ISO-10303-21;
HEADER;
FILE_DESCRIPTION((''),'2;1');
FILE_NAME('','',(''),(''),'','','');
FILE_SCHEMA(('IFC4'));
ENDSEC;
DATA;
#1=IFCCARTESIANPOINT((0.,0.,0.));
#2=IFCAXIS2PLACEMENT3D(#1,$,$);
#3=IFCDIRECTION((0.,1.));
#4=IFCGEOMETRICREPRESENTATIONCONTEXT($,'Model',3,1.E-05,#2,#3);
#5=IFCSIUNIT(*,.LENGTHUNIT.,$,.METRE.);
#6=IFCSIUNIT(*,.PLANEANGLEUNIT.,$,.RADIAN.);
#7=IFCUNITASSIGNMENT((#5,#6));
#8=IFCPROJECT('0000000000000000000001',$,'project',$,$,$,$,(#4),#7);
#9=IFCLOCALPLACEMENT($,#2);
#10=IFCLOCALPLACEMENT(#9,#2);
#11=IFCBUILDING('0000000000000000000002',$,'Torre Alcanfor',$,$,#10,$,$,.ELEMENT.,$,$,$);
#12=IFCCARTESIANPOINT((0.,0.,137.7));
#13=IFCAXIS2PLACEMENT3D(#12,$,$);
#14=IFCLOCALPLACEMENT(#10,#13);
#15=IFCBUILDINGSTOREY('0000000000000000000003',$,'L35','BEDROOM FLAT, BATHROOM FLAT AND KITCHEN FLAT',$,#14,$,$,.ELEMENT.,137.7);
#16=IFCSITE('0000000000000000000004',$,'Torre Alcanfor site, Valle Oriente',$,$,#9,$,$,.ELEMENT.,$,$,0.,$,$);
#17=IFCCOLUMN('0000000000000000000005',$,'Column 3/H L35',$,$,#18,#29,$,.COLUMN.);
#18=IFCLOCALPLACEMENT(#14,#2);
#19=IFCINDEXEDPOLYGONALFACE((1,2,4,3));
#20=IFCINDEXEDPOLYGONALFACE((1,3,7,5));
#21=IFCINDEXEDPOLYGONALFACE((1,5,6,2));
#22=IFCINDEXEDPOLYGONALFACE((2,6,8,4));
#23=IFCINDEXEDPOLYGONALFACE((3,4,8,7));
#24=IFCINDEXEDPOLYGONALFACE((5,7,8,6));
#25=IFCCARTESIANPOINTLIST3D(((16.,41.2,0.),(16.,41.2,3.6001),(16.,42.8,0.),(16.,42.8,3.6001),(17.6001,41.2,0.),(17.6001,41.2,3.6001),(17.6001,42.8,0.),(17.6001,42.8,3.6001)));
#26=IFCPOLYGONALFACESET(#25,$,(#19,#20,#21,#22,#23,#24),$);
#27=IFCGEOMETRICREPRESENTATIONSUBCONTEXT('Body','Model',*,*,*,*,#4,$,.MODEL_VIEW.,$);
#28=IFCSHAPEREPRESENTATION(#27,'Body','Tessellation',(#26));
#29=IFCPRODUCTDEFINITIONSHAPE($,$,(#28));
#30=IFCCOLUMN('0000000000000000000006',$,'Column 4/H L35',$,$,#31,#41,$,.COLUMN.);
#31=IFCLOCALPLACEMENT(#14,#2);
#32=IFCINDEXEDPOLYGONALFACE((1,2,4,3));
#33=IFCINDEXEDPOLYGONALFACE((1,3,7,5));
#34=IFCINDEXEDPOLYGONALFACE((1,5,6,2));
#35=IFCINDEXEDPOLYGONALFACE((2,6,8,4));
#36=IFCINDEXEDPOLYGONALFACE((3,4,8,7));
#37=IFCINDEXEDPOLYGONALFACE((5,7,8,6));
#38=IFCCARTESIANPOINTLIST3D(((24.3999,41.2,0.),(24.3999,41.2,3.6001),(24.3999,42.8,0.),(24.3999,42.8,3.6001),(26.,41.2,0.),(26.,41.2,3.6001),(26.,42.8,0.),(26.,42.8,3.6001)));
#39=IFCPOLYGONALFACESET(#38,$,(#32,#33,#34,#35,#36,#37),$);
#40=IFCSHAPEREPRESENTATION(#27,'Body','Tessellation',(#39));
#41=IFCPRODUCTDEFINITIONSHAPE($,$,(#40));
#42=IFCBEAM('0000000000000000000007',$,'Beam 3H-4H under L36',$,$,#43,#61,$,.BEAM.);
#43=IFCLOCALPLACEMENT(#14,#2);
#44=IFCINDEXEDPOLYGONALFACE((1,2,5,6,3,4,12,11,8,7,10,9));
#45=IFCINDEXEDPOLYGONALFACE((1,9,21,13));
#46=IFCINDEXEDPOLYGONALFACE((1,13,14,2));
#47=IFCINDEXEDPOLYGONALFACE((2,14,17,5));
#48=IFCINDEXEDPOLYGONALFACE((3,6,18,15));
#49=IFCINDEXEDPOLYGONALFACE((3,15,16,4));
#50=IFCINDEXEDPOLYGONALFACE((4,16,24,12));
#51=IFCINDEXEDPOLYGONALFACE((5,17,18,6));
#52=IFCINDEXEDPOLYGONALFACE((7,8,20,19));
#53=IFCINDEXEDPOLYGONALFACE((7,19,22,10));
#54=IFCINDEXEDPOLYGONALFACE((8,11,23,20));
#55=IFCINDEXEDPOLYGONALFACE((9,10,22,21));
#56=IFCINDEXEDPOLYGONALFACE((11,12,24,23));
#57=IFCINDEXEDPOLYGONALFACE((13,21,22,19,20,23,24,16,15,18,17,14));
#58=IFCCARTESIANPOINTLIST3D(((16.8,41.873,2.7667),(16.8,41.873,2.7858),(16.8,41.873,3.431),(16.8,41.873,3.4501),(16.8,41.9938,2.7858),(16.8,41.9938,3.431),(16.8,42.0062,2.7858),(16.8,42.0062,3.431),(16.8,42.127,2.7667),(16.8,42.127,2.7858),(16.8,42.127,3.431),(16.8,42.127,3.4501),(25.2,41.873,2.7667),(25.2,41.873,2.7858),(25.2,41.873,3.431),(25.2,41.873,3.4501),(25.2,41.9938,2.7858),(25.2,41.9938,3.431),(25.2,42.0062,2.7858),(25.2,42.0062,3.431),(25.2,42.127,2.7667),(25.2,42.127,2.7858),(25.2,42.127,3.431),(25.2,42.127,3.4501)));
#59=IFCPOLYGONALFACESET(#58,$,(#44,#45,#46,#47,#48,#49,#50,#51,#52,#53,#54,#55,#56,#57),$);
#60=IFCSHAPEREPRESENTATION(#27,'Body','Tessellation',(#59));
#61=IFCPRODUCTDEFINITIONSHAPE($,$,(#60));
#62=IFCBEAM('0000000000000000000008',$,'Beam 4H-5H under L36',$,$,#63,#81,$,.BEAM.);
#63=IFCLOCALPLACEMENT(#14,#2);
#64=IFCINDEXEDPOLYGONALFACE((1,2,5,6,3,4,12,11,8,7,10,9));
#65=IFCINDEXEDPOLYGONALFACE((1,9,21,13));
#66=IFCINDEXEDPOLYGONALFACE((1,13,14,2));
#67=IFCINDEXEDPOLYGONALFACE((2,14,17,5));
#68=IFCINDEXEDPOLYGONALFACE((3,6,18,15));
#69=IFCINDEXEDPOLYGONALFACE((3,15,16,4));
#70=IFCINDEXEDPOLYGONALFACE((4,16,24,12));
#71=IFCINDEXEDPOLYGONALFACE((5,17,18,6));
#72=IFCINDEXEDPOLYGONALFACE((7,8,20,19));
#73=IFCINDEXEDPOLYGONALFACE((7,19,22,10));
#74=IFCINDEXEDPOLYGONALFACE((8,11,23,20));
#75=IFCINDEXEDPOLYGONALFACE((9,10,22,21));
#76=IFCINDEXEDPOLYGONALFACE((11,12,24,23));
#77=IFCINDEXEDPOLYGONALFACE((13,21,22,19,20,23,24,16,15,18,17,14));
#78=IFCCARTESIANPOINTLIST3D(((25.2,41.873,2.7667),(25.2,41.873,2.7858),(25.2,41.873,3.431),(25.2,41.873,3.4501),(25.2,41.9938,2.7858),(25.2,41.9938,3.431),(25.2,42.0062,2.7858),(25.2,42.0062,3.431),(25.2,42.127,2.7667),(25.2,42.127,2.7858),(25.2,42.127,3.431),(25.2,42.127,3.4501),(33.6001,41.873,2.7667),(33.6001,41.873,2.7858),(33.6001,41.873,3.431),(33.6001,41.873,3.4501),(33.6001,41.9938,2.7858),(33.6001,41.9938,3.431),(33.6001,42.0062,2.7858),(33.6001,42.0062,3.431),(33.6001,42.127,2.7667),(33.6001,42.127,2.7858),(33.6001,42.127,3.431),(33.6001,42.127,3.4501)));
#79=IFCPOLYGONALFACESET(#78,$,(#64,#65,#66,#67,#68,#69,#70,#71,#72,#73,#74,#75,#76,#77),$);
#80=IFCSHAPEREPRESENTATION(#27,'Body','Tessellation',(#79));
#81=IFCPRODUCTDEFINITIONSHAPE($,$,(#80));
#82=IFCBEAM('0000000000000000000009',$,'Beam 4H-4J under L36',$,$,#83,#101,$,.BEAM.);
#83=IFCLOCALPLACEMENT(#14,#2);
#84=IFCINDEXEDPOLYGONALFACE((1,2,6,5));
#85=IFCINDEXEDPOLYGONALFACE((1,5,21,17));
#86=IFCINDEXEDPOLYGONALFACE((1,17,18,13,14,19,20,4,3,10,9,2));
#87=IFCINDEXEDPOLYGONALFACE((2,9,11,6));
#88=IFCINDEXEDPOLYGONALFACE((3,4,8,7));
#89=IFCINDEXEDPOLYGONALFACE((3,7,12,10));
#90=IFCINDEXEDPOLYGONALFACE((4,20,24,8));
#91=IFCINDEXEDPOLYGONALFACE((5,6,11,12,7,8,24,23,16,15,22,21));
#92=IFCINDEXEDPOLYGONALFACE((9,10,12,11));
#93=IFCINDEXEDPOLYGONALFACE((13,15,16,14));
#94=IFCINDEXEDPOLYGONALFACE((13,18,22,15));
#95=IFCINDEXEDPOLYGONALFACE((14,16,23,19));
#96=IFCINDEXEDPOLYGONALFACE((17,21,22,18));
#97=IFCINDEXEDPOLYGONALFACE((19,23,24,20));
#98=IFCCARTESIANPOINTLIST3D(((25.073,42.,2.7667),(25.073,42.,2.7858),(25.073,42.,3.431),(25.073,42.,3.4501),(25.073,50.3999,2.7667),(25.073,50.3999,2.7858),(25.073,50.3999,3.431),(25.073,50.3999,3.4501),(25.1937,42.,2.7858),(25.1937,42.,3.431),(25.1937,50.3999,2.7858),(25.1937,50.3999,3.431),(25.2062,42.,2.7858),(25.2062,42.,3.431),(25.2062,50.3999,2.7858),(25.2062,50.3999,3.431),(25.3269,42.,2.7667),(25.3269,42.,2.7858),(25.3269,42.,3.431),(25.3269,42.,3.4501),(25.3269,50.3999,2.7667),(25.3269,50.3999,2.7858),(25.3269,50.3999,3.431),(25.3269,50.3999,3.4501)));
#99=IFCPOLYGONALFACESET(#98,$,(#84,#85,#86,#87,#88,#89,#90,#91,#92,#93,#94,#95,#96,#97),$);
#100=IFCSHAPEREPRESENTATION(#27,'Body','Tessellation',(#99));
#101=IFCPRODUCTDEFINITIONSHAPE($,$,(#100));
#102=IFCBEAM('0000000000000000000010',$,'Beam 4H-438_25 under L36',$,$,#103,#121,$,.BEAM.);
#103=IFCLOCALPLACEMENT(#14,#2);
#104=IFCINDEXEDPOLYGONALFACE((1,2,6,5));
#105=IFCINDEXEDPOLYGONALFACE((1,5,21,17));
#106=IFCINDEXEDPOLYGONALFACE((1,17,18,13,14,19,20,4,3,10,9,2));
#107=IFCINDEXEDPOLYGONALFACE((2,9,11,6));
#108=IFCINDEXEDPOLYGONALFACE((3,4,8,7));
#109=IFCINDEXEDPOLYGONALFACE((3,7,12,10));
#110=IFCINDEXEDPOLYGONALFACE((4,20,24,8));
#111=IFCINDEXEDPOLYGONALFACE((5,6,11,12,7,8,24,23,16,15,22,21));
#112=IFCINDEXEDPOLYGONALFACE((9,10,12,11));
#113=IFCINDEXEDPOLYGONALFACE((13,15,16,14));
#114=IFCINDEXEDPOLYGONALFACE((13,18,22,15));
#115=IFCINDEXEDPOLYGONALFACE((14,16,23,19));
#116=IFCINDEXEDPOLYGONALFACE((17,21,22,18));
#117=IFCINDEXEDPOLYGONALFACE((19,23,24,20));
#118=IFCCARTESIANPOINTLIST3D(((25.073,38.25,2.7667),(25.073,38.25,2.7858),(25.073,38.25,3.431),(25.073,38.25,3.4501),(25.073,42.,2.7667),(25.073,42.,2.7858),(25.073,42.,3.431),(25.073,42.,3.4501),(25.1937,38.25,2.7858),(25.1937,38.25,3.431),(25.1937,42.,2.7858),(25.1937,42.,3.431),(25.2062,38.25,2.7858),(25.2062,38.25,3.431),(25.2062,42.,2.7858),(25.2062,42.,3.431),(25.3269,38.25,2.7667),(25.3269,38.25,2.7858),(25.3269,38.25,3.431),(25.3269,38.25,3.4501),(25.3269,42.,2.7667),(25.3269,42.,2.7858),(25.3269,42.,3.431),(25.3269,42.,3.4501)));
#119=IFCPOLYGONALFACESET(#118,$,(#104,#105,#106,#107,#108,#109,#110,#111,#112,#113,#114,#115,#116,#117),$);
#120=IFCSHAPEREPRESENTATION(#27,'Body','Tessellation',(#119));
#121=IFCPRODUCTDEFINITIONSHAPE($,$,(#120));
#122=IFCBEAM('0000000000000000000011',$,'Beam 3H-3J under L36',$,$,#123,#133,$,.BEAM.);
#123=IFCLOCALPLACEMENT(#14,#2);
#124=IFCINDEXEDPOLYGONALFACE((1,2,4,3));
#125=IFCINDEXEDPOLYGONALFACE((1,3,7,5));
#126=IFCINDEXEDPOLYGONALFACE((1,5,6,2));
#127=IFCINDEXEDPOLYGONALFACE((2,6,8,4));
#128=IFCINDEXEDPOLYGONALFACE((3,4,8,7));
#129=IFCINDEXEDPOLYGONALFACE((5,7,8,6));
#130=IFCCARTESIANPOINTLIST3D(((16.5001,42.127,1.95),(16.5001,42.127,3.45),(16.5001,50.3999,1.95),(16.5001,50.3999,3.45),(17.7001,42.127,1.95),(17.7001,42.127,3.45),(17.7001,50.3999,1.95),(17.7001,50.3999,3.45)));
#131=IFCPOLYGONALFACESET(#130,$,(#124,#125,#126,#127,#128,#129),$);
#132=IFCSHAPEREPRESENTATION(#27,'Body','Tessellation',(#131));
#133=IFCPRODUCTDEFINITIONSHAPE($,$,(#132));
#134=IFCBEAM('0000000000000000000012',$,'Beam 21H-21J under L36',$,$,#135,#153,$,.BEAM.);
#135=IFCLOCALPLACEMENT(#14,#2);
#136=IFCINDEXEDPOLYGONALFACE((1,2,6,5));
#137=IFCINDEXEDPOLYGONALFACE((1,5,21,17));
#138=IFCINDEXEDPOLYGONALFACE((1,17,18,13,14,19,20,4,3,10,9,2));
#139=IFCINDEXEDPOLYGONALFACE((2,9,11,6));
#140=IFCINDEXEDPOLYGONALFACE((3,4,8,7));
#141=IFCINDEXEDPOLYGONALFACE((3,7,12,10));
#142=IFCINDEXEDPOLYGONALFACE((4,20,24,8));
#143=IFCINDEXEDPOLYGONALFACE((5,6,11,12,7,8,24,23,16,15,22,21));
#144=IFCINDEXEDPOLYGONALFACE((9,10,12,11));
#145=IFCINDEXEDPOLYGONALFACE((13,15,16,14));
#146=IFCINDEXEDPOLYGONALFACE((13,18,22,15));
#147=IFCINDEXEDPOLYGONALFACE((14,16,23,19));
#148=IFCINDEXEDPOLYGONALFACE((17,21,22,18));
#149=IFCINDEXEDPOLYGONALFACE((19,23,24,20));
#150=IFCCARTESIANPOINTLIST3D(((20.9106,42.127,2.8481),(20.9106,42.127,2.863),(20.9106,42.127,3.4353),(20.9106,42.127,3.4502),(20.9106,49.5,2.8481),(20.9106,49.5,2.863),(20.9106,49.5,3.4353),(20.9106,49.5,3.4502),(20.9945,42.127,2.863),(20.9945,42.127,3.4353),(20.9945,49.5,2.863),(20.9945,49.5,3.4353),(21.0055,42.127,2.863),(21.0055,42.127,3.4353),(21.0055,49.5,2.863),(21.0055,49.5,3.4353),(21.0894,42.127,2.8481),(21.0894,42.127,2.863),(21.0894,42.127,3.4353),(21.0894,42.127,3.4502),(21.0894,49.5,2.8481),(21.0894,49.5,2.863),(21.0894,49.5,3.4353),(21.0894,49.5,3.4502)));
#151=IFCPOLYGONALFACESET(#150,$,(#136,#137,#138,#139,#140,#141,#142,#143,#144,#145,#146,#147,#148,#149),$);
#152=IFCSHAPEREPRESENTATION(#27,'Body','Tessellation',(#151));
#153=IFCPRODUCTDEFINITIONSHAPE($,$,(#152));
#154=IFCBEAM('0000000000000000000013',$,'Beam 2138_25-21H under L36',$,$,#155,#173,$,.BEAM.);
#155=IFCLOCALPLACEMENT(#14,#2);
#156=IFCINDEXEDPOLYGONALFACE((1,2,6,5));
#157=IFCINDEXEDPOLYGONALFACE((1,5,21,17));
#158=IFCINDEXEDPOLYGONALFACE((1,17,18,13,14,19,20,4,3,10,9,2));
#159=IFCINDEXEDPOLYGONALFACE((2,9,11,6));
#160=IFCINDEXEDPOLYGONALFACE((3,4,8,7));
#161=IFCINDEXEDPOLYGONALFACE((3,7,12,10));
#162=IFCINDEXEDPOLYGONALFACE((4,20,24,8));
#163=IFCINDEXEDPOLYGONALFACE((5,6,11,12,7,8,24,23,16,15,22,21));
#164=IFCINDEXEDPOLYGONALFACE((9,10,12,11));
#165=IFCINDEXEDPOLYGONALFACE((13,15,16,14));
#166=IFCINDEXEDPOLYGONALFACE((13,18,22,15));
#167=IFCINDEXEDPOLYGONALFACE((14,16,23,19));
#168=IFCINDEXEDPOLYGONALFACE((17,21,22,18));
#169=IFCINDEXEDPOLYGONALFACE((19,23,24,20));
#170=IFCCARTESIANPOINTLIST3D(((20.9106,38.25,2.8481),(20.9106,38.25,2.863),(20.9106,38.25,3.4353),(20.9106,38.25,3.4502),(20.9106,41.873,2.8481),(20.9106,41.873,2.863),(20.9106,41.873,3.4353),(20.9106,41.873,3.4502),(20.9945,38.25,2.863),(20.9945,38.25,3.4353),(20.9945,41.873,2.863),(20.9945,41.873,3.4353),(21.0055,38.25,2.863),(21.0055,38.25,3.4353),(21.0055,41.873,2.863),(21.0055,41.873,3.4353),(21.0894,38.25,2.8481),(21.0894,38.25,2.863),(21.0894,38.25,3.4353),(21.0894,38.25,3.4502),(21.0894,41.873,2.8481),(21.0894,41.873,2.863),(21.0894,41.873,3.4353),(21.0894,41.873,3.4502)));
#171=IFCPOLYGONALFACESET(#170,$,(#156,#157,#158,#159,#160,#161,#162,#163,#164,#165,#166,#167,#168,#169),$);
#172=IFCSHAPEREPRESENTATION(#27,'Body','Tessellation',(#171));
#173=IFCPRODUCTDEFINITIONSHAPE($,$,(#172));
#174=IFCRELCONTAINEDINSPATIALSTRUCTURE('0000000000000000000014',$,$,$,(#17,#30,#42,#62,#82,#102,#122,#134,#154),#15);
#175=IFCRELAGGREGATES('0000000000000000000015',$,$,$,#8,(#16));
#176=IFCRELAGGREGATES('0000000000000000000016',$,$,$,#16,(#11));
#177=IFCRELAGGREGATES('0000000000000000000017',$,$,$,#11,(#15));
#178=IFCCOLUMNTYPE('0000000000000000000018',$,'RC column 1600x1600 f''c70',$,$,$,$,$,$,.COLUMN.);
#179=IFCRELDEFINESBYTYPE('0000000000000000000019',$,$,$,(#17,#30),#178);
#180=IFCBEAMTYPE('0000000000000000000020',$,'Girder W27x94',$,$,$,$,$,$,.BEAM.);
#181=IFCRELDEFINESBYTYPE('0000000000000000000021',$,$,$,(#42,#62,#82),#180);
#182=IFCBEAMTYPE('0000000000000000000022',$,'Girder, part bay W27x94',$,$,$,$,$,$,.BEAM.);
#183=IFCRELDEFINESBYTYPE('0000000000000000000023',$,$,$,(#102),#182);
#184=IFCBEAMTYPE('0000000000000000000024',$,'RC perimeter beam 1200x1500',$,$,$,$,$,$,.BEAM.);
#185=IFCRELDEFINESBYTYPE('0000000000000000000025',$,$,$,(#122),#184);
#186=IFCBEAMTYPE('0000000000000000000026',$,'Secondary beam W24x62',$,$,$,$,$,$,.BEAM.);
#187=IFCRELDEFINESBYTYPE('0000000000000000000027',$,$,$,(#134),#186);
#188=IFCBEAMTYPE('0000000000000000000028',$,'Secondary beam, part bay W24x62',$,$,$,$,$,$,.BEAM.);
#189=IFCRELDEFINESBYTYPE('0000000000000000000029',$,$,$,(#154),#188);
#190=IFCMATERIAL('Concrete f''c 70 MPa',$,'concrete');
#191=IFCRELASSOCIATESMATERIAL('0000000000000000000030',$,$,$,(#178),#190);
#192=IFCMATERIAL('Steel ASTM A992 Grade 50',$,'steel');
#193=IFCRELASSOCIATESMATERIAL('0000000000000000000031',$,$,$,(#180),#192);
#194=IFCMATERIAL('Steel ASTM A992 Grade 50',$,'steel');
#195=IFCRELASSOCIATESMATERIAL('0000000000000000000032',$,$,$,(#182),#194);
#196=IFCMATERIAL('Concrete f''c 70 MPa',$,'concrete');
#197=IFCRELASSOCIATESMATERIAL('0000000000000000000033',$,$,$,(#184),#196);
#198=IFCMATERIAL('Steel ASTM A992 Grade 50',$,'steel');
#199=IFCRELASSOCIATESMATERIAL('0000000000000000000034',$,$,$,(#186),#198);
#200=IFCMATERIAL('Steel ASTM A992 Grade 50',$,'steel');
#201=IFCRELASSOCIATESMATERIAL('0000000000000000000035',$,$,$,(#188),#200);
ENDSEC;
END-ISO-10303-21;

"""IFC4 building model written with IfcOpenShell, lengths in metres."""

from ifc_helpers import new_model, si_unit, direction, frame, origin, origin_2d, place, context, subcontext, project, spatial, rectangle, i_section, extrude, material, material_profile, profile_set, type_object, element, save


model = new_model("IFC4")

# Units and contexts
model_context = context("Model", 3, precision=1e-05, world=origin(), true_north=direction((0.0, 1.0)))
body_context = subcontext(model_context, "Body", "Model", "MODEL_VIEW")
ifc_project = project(units=[si_unit("LENGTHUNIT", "METRE"), si_unit("PLANEANGLEUNIT", "RADIAN")], contexts=[model_context])

# Site, building, storey
site_placement = place(None, origin())
site = spatial("IfcSite", under=ifc_project, at=site_placement, Name="Torre Alcanfor site, Valle Oriente", CompositionType="ELEMENT", RefElevation=0.0)
building_placement = place(site_placement, origin())
building = spatial("IfcBuilding", under=site, at=building_placement, Name="Torre Alcanfor", CompositionType="ELEMENT")
storey_placement = place(building_placement, frame((0.0, 0.0, 137.7)))
storey = spatial("IfcBuildingStorey", under=building, at=storey_placement, Name="L35", Description="BEDROOM FLAT, BATHROOM FLAT AND KITCHEN FLAT", CompositionType="ELEMENT", Elevation=137.7)

# Columns
ifc_material_1 = material(Name="Concrete f'c 70 MPa", Category="concrete")
ifc_material_profile_1 = material_profile(ifc_material_1, rectangle(XDim=1.6001, YDim=1.6001, at=origin_2d()), Name="1600x1600")
ifc_profile_set_1 = profile_set([ifc_material_profile_1], Name="Concrete f'c 70 MPa")
column_type = type_object("IfcColumnType", Name="RC column 1600x1600 f'c70", PredefinedType="COLUMN", material=ifc_profile_set_1)
for number, where, z_axis, x_axis, name in (
    (1, (16.8, 42.0, 0.0), (0.0, 0.0, 1.0), (1.0, 0.0, 0.0), "Column 3/H L35"),
    (2, (25.2, 42.0, 0.0), (0.0, 0.0, 1.0), (1.0, 0.0, 0.0), "Column 4/H L35"),
):
    element("IfcColumn", number, at=place(storey_placement, frame(where, z_axis=z_axis, x_axis=x_axis)), inside=storey, type_object=column_type, Name=name, PredefinedType="COLUMN", context=body_context, shape_type="SweptSolid", body=[
        extrude(rectangle(XDim=1.6001, YDim=1.6001, at=origin_2d()), origin(), (0.0, 0.0, 1.0), 3.6001),
    ])

# Beams
ifc_material_2 = material(Name="Steel ASTM A992 Grade 50", Category="steel")
ifc_material_profile_2 = material_profile(ifc_material_2, i_section(OverallWidth=0.2539, OverallDepth=0.6833, WebThickness=0.0125, FlangeThickness=0.019, at=origin_2d()), Name="W27x94")
ifc_profile_set_2 = profile_set([ifc_material_profile_2], Name="Steel ASTM A992 Grade 50")
beam_type_1 = type_object("IfcBeamType", Name="Girder W27x94", PredefinedType="BEAM", material=ifc_profile_set_2)
beam_1_placement = place(storey_placement, frame((16.8, 42.0, 3.1084), z_axis=(1.0, 0.0, 0.0), x_axis=(0.0, 1.0, 0.0)))
element("IfcBeam", 3, at=beam_1_placement, inside=storey, type_object=beam_type_1, Name="Beam 3H-4H under L36", PredefinedType="BEAM", context=body_context, shape_type="SweptSolid", body=[
    extrude(i_section(OverallWidth=0.2539, OverallDepth=0.6833, WebThickness=0.0125, FlangeThickness=0.019, at=origin_2d()), origin(), (0.0, 0.0, 1.0), 8.3999),
])
beam_2_placement = place(storey_placement, frame((25.2, 42.0, 3.1084), z_axis=(1.0, 0.0, 0.0), x_axis=(0.0, 1.0, 0.0)))
element("IfcBeam", 4, at=beam_2_placement, inside=storey, type_object=beam_type_1, Name="Beam 4H-5H under L36", PredefinedType="BEAM", context=body_context, shape_type="SweptSolid", body=[
    extrude(i_section(OverallWidth=0.2539, OverallDepth=0.6833, WebThickness=0.0125, FlangeThickness=0.019, at=origin_2d()), origin(), (0.0, 0.0, 1.0), 8.4001),
])
beam_3_placement = place(storey_placement, frame((25.2, 42.0, 3.1084), z_axis=(0.0, 1.0, 0.0), x_axis=(-1.0, 0.0, 0.0)))
element("IfcBeam", 5, at=beam_3_placement, inside=storey, type_object=beam_type_1, Name="Beam 4H-4J under L36", PredefinedType="BEAM", context=body_context, shape_type="SweptSolid", body=[
    extrude(i_section(OverallWidth=0.2539, OverallDepth=0.6833, WebThickness=0.0125, FlangeThickness=0.019, at=origin_2d()), origin(), (0.0, 0.0, 1.0), 8.3999),
])
ifc_material_3 = material(Name="Steel ASTM A992 Grade 50", Category="steel")
ifc_material_profile_3 = material_profile(ifc_material_3, i_section(OverallWidth=0.2539, OverallDepth=0.6833, WebThickness=0.0125, FlangeThickness=0.019, at=origin_2d()), Name="W27x94")
ifc_profile_set_3 = profile_set([ifc_material_profile_3], Name="Steel ASTM A992 Grade 50")
beam_type_2 = type_object("IfcBeamType", Name="Girder, part bay W27x94", PredefinedType="BEAM", material=ifc_profile_set_3)
beam_4_placement = place(storey_placement, frame((25.2, 42.0, 3.1084), z_axis=(0.0, -1.0, 0.0), x_axis=(1.0, 0.0, 0.0)))
element("IfcBeam", 6, at=beam_4_placement, inside=storey, type_object=beam_type_2, Name="Beam 4H-438_25 under L36", PredefinedType="BEAM", context=body_context, shape_type="SweptSolid", body=[
    extrude(i_section(OverallWidth=0.2539, OverallDepth=0.6833, WebThickness=0.0125, FlangeThickness=0.019, at=origin_2d()), origin(), (0.0, 0.0, 1.0), 3.75),
])
ifc_material_4 = material(Name="Concrete f'c 70 MPa", Category="concrete")
ifc_material_profile_4 = material_profile(ifc_material_4, rectangle(XDim=1.2, YDim=1.5, at=origin_2d()), Name="1200x1500")
ifc_profile_set_4 = profile_set([ifc_material_profile_4], Name="Concrete f'c 70 MPa")
beam_type_3 = type_object("IfcBeamType", Name="RC perimeter beam 1200x1500", PredefinedType="BEAM", material=ifc_profile_set_4)
beam_5_placement = place(storey_placement, frame((17.1001, 42.127, 2.7), z_axis=(0.0, 1.0, 0.0), x_axis=(-1.0, 0.0, 0.0)))
element("IfcBeam", 7, at=beam_5_placement, inside=storey, type_object=beam_type_3, Name="Beam 3H-3J under L36", PredefinedType="BEAM", context=body_context, shape_type="SweptSolid", body=[
    extrude(rectangle(XDim=1.2, YDim=1.5, at=origin_2d()), origin(), (0.0, 0.0, 1.0), 8.2729),
])
ifc_material_5 = material(Name="Steel ASTM A992 Grade 50", Category="steel")
ifc_material_profile_5 = material_profile(ifc_material_5, i_section(OverallWidth=0.1787, OverallDepth=0.6021, WebThickness=0.011, FlangeThickness=0.0149, at=origin_2d()), Name="W24x62")
ifc_profile_set_5 = profile_set([ifc_material_profile_5], Name="Steel ASTM A992 Grade 50")
beam_type_4 = type_object("IfcBeamType", Name="Secondary beam W24x62", PredefinedType="BEAM", material=ifc_profile_set_5)
beam_6_placement = place(storey_placement, frame((21.0, 42.127, 3.1492), z_axis=(0.0, 1.0, 0.0), x_axis=(-1.0, 0.0, 0.0)))
element("IfcBeam", 8, at=beam_6_placement, inside=storey, type_object=beam_type_4, Name="Beam 21H-21J under L36", PredefinedType="BEAM", context=body_context, shape_type="SweptSolid", body=[
    extrude(i_section(OverallWidth=0.1787, OverallDepth=0.6021, WebThickness=0.011, FlangeThickness=0.0149, at=origin_2d()), origin(), (0.0, 0.0, 1.0), 7.373),
])
ifc_material_6 = material(Name="Steel ASTM A992 Grade 50", Category="steel")
ifc_material_profile_6 = material_profile(ifc_material_6, i_section(OverallWidth=0.1787, OverallDepth=0.6021, WebThickness=0.011, FlangeThickness=0.0149, at=origin_2d()), Name="W24x62")
ifc_profile_set_6 = profile_set([ifc_material_profile_6], Name="Steel ASTM A992 Grade 50")
beam_type_5 = type_object("IfcBeamType", Name="Secondary beam, part bay W24x62", PredefinedType="BEAM", material=ifc_profile_set_6)
beam_7_placement = place(storey_placement, frame((21.0, 38.25, 3.1492), z_axis=(0.0, 1.0, 0.0), x_axis=(-1.0, 0.0, 0.0)))
element("IfcBeam", 9, at=beam_7_placement, inside=storey, type_object=beam_type_5, Name="Beam 2138_25-21H under L36", PredefinedType="BEAM", context=body_context, shape_type="SweptSolid", body=[
    extrude(i_section(OverallWidth=0.1787, OverallDepth=0.6021, WebThickness=0.011, FlangeThickness=0.0149, at=origin_2d()), origin(), (0.0, 0.0, 1.0), 3.623),
])

save(model, "model.ifc")
